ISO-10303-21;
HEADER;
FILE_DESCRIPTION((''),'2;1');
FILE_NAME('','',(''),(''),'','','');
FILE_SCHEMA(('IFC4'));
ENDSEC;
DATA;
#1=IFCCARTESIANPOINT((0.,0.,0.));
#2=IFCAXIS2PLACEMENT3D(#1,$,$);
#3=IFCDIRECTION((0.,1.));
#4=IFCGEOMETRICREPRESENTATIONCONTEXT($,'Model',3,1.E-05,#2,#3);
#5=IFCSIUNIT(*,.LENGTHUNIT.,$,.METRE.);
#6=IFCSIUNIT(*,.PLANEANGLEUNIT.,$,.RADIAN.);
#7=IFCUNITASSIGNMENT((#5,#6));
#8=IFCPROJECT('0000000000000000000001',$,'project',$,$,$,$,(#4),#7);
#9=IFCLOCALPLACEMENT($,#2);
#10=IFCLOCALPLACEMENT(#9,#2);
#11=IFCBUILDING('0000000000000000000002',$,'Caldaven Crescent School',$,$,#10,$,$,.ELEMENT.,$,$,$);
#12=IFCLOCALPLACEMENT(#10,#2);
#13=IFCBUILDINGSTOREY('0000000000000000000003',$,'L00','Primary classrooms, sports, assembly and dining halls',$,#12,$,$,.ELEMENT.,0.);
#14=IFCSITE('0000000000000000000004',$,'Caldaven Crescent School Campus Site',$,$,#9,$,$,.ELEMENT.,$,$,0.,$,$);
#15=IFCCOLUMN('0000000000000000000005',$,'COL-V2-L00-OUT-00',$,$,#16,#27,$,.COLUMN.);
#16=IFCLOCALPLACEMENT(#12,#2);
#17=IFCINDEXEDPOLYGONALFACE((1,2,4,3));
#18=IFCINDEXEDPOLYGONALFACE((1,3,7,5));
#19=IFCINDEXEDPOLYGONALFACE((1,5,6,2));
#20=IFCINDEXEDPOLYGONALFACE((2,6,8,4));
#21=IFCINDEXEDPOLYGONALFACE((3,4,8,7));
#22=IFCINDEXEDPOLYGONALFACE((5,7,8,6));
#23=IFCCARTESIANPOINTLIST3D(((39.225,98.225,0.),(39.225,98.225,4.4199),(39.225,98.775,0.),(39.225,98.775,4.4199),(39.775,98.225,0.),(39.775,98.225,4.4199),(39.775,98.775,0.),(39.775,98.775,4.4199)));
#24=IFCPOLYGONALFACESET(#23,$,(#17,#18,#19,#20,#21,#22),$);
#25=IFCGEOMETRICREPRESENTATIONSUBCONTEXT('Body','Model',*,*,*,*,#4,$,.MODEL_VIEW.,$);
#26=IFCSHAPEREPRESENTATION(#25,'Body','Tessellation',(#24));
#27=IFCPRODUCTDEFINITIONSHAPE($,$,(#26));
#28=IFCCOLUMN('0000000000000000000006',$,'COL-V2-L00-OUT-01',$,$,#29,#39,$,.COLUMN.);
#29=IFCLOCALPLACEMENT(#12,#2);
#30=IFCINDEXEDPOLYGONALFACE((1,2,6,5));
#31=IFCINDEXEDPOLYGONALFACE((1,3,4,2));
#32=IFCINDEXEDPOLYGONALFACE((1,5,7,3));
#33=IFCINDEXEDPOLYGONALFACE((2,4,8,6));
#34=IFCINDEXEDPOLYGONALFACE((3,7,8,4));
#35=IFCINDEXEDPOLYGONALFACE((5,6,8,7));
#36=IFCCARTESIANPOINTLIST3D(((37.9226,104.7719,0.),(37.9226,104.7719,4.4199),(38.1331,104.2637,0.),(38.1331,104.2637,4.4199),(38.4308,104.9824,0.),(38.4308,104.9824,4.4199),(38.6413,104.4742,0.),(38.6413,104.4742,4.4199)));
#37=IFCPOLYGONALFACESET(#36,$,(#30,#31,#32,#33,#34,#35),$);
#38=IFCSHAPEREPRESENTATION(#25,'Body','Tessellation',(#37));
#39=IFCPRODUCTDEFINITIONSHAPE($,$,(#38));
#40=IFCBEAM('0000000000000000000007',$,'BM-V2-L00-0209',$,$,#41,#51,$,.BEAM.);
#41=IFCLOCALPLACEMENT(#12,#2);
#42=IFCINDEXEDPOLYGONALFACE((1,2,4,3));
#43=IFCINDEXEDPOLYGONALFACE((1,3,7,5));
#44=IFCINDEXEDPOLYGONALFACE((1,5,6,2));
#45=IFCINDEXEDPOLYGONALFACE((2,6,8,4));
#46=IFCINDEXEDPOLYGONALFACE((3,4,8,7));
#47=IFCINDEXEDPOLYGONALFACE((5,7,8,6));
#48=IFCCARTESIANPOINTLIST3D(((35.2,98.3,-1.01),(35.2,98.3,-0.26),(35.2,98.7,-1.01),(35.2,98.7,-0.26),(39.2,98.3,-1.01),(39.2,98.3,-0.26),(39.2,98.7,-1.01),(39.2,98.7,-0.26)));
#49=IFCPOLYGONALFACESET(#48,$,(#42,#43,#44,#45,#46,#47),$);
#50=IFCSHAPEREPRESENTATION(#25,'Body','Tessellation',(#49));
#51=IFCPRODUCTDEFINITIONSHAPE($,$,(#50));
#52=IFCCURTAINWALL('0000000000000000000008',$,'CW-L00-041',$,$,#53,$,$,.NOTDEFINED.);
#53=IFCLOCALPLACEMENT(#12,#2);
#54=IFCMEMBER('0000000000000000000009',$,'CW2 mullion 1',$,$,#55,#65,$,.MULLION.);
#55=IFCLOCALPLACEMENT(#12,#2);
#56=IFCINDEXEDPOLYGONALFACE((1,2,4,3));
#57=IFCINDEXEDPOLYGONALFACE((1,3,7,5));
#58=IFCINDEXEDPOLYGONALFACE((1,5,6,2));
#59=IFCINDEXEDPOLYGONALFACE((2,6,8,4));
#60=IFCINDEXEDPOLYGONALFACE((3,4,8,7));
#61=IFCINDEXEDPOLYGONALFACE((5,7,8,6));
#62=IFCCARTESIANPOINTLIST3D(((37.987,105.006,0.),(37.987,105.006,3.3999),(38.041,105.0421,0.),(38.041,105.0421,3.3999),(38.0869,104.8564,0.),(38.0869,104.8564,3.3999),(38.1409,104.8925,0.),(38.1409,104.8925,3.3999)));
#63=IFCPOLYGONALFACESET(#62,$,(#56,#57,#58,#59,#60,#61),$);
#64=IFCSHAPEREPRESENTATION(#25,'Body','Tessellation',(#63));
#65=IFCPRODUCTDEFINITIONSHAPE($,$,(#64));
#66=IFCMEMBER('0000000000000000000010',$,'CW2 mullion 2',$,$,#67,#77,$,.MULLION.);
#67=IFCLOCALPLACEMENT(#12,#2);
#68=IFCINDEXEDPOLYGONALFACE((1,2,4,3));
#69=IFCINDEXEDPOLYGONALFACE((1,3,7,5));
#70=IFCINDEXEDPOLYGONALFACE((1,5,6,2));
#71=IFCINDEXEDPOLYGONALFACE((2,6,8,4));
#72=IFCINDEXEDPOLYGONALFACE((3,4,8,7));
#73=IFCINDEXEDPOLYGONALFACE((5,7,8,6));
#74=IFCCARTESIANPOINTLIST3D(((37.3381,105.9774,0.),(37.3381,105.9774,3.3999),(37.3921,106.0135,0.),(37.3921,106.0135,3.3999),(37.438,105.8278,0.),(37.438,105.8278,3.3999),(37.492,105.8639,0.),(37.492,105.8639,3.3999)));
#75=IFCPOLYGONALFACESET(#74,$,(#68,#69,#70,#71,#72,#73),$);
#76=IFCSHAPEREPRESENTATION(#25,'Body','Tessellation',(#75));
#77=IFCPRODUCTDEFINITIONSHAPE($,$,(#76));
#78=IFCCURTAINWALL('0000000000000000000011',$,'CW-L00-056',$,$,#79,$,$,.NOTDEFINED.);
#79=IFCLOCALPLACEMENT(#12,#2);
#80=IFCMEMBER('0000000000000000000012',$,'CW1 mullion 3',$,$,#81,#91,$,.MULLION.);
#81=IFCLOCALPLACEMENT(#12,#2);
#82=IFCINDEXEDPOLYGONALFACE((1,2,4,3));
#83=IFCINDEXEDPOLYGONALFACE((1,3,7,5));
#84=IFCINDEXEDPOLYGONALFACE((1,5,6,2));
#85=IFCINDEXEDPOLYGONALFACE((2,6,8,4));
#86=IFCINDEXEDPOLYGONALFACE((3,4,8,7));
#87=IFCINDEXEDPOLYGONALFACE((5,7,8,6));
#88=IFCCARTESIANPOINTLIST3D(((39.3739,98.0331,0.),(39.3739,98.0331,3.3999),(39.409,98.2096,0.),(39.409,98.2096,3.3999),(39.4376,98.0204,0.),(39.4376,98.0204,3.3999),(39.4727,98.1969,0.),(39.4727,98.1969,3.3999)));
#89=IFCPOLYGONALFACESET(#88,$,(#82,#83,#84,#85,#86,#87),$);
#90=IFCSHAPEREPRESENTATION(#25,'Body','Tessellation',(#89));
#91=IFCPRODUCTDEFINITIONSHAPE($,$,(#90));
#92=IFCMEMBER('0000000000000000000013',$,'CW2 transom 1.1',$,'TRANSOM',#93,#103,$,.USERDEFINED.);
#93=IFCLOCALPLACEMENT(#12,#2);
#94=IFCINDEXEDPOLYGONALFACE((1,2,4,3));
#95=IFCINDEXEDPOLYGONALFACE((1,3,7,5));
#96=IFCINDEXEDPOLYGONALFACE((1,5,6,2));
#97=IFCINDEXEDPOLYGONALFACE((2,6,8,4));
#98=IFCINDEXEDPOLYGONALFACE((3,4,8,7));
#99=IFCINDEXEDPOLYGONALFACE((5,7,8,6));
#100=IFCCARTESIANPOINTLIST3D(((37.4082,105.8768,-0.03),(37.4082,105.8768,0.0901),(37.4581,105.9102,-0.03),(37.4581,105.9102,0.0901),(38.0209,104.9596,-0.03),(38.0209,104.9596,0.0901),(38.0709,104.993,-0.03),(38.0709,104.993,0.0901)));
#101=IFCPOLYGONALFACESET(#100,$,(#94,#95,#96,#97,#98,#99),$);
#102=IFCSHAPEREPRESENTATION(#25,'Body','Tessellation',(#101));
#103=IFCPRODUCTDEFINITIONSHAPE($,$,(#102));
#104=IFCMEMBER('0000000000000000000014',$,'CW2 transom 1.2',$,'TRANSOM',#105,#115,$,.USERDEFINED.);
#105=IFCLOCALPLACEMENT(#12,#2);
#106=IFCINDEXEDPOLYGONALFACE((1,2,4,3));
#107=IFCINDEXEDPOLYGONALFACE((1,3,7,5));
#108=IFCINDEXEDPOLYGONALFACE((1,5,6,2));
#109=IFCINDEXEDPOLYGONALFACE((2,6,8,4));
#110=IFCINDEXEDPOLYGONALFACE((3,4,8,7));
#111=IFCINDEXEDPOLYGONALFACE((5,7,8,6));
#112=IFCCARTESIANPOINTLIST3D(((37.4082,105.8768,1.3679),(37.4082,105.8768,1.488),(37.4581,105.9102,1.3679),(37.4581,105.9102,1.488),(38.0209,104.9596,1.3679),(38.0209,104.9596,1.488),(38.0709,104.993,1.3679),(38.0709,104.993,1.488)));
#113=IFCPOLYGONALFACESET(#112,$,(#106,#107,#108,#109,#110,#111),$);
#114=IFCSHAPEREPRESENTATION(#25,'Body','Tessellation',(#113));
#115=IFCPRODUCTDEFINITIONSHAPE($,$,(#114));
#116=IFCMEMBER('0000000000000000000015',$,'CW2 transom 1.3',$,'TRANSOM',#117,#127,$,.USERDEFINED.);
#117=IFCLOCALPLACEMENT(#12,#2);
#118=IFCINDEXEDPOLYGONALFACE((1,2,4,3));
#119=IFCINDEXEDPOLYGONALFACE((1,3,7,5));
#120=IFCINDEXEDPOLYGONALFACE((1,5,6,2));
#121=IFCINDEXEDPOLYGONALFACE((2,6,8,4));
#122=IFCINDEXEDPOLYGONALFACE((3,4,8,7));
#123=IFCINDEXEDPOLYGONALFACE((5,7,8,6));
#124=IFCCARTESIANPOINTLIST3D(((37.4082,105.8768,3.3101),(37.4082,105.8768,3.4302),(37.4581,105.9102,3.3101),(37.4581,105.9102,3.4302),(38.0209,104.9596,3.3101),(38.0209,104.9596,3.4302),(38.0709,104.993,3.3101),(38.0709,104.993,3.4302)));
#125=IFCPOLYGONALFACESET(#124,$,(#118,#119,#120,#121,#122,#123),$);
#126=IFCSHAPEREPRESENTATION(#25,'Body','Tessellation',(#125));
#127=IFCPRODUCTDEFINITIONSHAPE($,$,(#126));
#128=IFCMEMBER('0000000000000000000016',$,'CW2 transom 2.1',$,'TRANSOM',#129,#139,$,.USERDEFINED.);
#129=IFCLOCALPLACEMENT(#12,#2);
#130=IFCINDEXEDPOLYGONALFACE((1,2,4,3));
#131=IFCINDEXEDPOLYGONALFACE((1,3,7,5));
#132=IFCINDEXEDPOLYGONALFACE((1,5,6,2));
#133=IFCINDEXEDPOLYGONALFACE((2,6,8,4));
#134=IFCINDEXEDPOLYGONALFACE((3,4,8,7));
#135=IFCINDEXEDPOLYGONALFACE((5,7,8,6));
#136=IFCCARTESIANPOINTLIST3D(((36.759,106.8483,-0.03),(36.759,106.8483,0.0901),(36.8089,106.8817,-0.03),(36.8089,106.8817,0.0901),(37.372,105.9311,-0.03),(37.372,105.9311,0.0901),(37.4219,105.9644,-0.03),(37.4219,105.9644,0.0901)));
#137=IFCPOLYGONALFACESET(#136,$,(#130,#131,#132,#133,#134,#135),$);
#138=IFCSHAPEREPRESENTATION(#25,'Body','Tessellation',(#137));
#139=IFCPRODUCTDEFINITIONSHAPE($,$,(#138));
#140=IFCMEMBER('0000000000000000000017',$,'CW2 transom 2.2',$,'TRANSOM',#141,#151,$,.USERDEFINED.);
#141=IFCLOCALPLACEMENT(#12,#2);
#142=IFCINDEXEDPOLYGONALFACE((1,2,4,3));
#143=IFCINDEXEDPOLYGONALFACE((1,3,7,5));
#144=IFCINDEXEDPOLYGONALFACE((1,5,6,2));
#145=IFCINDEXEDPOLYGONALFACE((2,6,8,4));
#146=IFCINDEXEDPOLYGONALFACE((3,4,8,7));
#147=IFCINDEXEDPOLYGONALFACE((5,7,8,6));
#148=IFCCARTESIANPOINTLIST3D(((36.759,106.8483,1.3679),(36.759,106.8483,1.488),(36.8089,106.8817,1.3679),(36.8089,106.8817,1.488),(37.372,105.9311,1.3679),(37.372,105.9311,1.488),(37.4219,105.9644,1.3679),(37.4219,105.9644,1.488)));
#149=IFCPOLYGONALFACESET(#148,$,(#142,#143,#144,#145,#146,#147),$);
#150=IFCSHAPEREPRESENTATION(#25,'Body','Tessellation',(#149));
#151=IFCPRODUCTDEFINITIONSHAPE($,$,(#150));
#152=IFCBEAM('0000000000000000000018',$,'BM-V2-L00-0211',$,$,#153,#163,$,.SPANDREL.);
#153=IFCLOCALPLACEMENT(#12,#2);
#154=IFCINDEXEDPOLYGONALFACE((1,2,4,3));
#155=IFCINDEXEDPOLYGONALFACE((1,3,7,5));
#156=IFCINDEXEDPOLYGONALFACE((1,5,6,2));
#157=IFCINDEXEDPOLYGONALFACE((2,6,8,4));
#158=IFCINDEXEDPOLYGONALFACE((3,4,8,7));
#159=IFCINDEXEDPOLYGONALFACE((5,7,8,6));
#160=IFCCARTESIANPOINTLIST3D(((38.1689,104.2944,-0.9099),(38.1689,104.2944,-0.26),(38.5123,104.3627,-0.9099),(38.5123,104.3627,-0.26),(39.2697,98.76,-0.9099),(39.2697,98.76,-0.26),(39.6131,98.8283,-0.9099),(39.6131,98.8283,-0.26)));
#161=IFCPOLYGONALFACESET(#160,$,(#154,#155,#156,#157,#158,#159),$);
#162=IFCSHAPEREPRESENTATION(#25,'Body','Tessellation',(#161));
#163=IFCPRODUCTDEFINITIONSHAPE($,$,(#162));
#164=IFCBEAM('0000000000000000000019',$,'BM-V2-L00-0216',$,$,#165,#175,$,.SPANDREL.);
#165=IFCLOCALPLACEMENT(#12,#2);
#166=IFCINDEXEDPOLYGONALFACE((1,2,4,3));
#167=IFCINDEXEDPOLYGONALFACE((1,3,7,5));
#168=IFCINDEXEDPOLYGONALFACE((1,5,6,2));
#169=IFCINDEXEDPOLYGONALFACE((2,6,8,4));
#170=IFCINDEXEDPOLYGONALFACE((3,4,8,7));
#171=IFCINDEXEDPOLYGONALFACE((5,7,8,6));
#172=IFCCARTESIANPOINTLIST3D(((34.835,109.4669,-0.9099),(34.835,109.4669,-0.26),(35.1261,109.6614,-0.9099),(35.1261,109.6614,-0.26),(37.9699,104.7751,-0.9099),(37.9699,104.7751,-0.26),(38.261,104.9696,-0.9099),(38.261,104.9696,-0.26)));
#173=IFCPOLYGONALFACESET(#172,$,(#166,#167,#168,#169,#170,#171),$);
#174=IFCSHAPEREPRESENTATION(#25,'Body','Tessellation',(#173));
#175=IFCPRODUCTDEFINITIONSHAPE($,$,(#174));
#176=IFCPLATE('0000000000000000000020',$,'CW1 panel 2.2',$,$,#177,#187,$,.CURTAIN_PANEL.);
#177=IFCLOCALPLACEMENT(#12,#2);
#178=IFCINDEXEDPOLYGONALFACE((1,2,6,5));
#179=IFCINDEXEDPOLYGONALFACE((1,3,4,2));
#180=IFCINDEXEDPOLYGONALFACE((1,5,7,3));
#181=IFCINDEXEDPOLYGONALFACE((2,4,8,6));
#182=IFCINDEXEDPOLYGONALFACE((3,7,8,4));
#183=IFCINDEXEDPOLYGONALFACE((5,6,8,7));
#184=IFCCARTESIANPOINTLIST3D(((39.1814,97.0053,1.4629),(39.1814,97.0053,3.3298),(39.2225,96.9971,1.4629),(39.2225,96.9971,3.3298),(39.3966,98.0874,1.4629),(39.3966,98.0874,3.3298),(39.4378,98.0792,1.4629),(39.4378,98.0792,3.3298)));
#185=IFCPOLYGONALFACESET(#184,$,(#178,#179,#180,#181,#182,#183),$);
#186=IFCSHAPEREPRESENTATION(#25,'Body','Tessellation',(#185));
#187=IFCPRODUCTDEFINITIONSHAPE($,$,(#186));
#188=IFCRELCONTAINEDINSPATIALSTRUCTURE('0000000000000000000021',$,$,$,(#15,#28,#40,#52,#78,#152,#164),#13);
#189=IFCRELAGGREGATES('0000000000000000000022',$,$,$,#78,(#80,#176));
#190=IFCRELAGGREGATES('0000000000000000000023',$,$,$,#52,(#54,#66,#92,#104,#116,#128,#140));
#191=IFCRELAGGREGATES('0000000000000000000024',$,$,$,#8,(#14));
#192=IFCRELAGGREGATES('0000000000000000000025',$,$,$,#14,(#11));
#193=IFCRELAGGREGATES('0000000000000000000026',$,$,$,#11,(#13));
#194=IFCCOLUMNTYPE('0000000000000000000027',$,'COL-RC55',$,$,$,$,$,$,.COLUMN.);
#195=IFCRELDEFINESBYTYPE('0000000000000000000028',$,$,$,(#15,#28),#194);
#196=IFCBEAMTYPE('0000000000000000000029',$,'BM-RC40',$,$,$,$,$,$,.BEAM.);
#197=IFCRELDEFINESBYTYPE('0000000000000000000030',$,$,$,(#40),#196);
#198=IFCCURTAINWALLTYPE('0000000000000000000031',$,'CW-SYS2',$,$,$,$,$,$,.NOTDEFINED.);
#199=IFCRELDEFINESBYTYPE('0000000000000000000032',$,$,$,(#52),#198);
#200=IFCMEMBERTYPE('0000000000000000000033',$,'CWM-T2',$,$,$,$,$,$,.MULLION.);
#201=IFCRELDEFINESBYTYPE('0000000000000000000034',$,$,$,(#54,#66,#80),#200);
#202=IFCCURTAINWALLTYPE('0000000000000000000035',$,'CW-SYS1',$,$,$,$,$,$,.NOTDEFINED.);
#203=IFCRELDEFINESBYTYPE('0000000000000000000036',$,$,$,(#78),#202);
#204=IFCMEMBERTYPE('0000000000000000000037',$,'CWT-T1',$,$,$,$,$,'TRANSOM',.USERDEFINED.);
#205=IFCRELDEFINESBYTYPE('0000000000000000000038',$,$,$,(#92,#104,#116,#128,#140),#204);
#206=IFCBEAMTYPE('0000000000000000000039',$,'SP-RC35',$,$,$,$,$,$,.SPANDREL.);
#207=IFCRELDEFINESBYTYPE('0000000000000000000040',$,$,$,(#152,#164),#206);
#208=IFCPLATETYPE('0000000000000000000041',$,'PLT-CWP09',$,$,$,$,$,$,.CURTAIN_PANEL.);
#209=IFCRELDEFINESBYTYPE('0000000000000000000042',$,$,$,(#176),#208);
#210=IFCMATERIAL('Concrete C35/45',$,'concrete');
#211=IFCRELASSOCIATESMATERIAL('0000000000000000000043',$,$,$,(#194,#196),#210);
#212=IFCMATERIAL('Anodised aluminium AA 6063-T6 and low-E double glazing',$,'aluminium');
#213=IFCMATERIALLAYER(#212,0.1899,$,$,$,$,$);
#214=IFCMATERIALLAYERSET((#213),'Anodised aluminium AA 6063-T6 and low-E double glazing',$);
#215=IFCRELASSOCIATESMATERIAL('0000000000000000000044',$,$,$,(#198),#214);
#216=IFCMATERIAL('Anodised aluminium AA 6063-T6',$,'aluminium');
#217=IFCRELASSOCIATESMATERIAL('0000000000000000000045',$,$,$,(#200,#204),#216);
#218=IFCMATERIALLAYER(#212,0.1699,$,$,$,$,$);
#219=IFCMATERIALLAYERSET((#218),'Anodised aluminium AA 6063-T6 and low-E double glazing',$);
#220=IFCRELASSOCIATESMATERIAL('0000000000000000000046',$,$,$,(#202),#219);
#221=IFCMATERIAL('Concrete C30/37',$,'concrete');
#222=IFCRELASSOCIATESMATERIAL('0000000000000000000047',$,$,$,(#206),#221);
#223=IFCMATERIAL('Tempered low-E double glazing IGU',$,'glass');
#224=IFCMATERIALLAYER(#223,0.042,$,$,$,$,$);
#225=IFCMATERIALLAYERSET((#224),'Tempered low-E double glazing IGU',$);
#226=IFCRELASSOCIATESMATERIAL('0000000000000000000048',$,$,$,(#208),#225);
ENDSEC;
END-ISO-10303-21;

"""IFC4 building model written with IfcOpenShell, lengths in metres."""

from ifc_helpers import new_model, si_unit, direction, frame, origin, origin_2d, place, context, subcontext, project, spatial, rectangle, extrude, material, layer, layer_set, material_profile, profile_set, type_object, element, aggregate, save


model = new_model("IFC4")

# Units and contexts
model_context = context("Model", 3, precision=1e-05, world=origin(), true_north=direction((0.0, 1.0)))
body_context = subcontext(model_context, "Body", "Model", "MODEL_VIEW")
ifc_project = project(units=[si_unit("LENGTHUNIT", "METRE"), si_unit("PLANEANGLEUNIT", "RADIAN")], contexts=[model_context])

# Site, building, storey
site_placement = place(None, origin())
site = spatial("IfcSite", under=ifc_project, at=site_placement, Name="Caldaven Crescent School Campus Site", CompositionType="ELEMENT", RefElevation=0.0)
building_placement = place(site_placement, origin())
building = spatial("IfcBuilding", under=site, at=building_placement, Name="Caldaven Crescent School", CompositionType="ELEMENT")
storey_placement = place(building_placement, origin())
storey = spatial("IfcBuildingStorey", under=building, at=storey_placement, Name="L00", Description="Primary classrooms, sports, assembly and dining halls", CompositionType="ELEMENT", Elevation=0.0)

# Columns
ifc_material_1 = material(Name="Concrete C35/45", Category="concrete")
ifc_material_profile_1 = material_profile(ifc_material_1, rectangle(XDim=0.55, YDim=0.55, at=origin_2d()), Name="RC 550x550")
ifc_profile_set_1 = profile_set([ifc_material_profile_1], Name="Concrete C35/45")
column_type = type_object("IfcColumnType", Name="COL-RC55", PredefinedType="COLUMN", material=ifc_profile_set_1)
for number, where, z_axis, x_axis, name in (
    (1, (39.5, 98.5, 0.0), (0.0, 0.0, 1.0), (1.0, 0.0, 0.0), "COL-V2-L00-OUT-00"),
    (2, (38.282, 104.623, 0.0), (0.0, 0.0, 1.0), (0.92388, 0.382683, 0.0), "COL-V2-L00-OUT-01"),
):
    element("IfcColumn", number, at=place(storey_placement, frame(where, z_axis=z_axis, x_axis=x_axis)), inside=storey, type_object=column_type, Name=name, PredefinedType="COLUMN", context=body_context, shape_type="SweptSolid", body=[
        extrude(rectangle(XDim=0.55, YDim=0.55, at=origin_2d()), origin(), (0.0, 0.0, 1.0), 4.4199),
    ])

# Beam
ifc_material_profile_2 = material_profile(ifc_material_1, rectangle(XDim=0.3999, YDim=0.75, at=origin_2d()), Name="RC 400x750")
ifc_profile_set_2 = profile_set([ifc_material_profile_2], Name="Concrete C35/45")
beam_type_1 = type_object("IfcBeamType", Name="BM-RC40", PredefinedType="BEAM", material=ifc_profile_set_2)
beam_placement = place(storey_placement, frame((35.2, 98.5, -0.635), z_axis=(1.0, 0.0, 0.0), x_axis=(0.0, 1.0, 0.0)))
element("IfcBeam", 3, at=beam_placement, inside=storey, type_object=beam_type_1, Name="BM-V2-L00-0209", PredefinedType="BEAM", context=body_context, shape_type="SweptSolid", body=[
    extrude(rectangle(XDim=0.3999, YDim=0.75, at=origin_2d()), origin(), (0.0, 0.0, 1.0), 4.0),
])

# Curtain wall, members
ifc_material_2 = material(Name="Anodised aluminium AA 6063-T6 and low-E double glazing", Category="aluminium")
ifc_layer_1 = layer(ifc_material_2, 0.1899)
ifc_layer_set_1 = layer_set([ifc_layer_1], Name="Anodised aluminium AA 6063-T6 and low-E double glazing")
curtain_wall_type_1 = type_object("IfcCurtainWallType", Name="CW-SYS2", PredefinedType="NOTDEFINED", material=ifc_layer_set_1)
curtain_wall_1_placement = place(storey_placement, origin())
curtain_wall_1 = element("IfcCurtainWall", 4, at=curtain_wall_1_placement, inside=storey, type_object=curtain_wall_type_1, Name="CW-L00-041", PredefinedType="NOTDEFINED")
ifc_material_3 = material(Name="Anodised aluminium AA 6063-T6", Category="aluminium")
ifc_material_profile_3 = material_profile(ifc_material_3, rectangle(XDim=0.0649, YDim=0.1799, at=origin_2d()), Name="CWM 65x180")
ifc_profile_set_3 = profile_set([ifc_material_profile_3], Name="Anodised aluminium AA 6063-T6")
member_type_1 = type_object("IfcMemberType", Name="CWM-T2", PredefinedType="MULLION", material=ifc_profile_set_3)
member_1_placement = place(storey_placement, frame((38.064, 104.9492, 0.0), z_axis=(0.0, 0.0, 1.0), x_axis=(-0.83147, -0.55557, 0.0)))
member_1 = element("IfcMember", 5, at=member_1_placement, type_object=member_type_1, Name="CW2 mullion 1", PredefinedType="MULLION", context=body_context, shape_type="SweptSolid", body=[
    extrude(rectangle(XDim=0.0649, YDim=0.1799, at=origin_2d()), origin(), (0.0, 0.0, 1.0), 3.3999),
])
member_2_placement = place(storey_placement, frame((37.415, 105.9207, 0.0), z_axis=(0.0, 0.0, 1.0), x_axis=(-0.83147, -0.55557, 0.0)))
member_2 = element("IfcMember", 6, at=member_2_placement, type_object=member_type_1, Name="CW2 mullion 2", PredefinedType="MULLION", context=body_context, shape_type="SweptSolid", body=[
    extrude(rectangle(XDim=0.0649, YDim=0.1799, at=origin_2d()), origin(), (0.0, 0.0, 1.0), 3.3999),
])

# Curtain wall, member
ifc_layer_2 = layer(ifc_material_2, 0.1699)
ifc_layer_set_2 = layer_set([ifc_layer_2], Name="Anodised aluminium AA 6063-T6 and low-E double glazing")
curtain_wall_type_2 = type_object("IfcCurtainWallType", Name="CW-SYS1", PredefinedType="NOTDEFINED", material=ifc_layer_set_2)
curtain_wall_2_placement = place(storey_placement, origin())
curtain_wall_2 = element("IfcCurtainWall", 7, at=curtain_wall_2_placement, inside=storey, type_object=curtain_wall_type_2, Name="CW-L00-056", PredefinedType="NOTDEFINED")
member_3_placement = place(storey_placement, frame((39.4233, 98.115, 0.0), z_axis=(0.0, 0.0, 1.0), x_axis=(-0.980785, 0.195091, 0.0)))
member_3 = element("IfcMember", 8, at=member_3_placement, type_object=member_type_1, Name="CW1 mullion 3", PredefinedType="MULLION", context=body_context, shape_type="SweptSolid", body=[
    extrude(rectangle(XDim=0.0649, YDim=0.1799, at=origin_2d()), origin(), (0.0, 0.0, 1.0), 3.3999),
])

# Members
ifc_material_profile_4 = material_profile(ifc_material_3, rectangle(XDim=0.0601, YDim=0.1201, at=origin_2d()), Name="CWT 60x120")
ifc_profile_set_4 = profile_set([ifc_material_profile_4], Name="Anodised aluminium AA 6063-T6")
member_type_2 = type_object("IfcMemberType", Name="CWT-T1", ElementType="TRANSOM", PredefinedType="USERDEFINED", material=ifc_profile_set_4)
member_4_placement = place(storey_placement, frame((38.0459, 104.9763, 0.03), z_axis=(-0.555517, 0.831505, 0.0), x_axis=(-0.831505, -0.555517, 0.0)))
member_4 = element("IfcMember", 9, at=member_4_placement, type_object=member_type_2, Name="CW2 transom 1.1", ObjectType="TRANSOM", PredefinedType="USERDEFINED", context=body_context, shape_type="SweptSolid", body=[
    extrude(rectangle(XDim=0.0601, YDim=0.1201, at=origin_2d()), origin(), (0.0, 0.0, 1.0), 1.103),
])
member_5_placement = place(storey_placement, frame((38.0459, 104.9763, 1.428), z_axis=(-0.555517, 0.831505, 0.0), x_axis=(-0.831505, -0.555517, 0.0)))
member_5 = element("IfcMember", 10, at=member_5_placement, type_object=member_type_2, Name="CW2 transom 1.2", ObjectType="TRANSOM", PredefinedType="USERDEFINED", context=body_context, shape_type="SweptSolid", body=[
    extrude(rectangle(XDim=0.0601, YDim=0.1201, at=origin_2d()), origin(), (0.0, 0.0, 1.0), 1.103),
])
member_6_placement = place(storey_placement, frame((38.0459, 104.9763, 3.3701), z_axis=(-0.555517, 0.831505, 0.0), x_axis=(-0.831505, -0.555517, 0.0)))
member_6 = element("IfcMember", 11, at=member_6_placement, type_object=member_type_2, Name="CW2 transom 1.3", ObjectType="TRANSOM", PredefinedType="USERDEFINED", context=body_context, shape_type="SweptSolid", body=[
    extrude(rectangle(XDim=0.0601, YDim=0.1201, at=origin_2d()), origin(), (0.0, 0.0, 1.0), 1.103),
])
member_7_placement = place(storey_placement, frame((37.397, 105.9478, 0.03), z_axis=(-0.55567, 0.831403, 0.0), x_axis=(-0.831403, -0.55567, 0.0)))
member_7 = element("IfcMember", 12, at=member_7_placement, type_object=member_type_2, Name="CW2 transom 2.1", ObjectType="TRANSOM", PredefinedType="USERDEFINED", context=body_context, shape_type="SweptSolid", body=[
    extrude(rectangle(XDim=0.0601, YDim=0.1201, at=origin_2d()), origin(), (0.0, 0.0, 1.0), 1.1033),
])
member_8_placement = place(storey_placement, frame((37.397, 105.9478, 1.428), z_axis=(-0.55567, 0.831403, 0.0), x_axis=(-0.831403, -0.55567, 0.0)))
member_8 = element("IfcMember", 13, at=member_8_placement, type_object=member_type_2, Name="CW2 transom 2.2", ObjectType="TRANSOM", PredefinedType="USERDEFINED", context=body_context, shape_type="SweptSolid", body=[
    extrude(rectangle(XDim=0.0601, YDim=0.1201, at=origin_2d()), origin(), (0.0, 0.0, 1.0), 1.1033),
])

# Beams
ifc_material_4 = material(Name="Concrete C30/37", Category="concrete")
ifc_material_profile_5 = material_profile(ifc_material_4, rectangle(XDim=0.3501, YDim=0.6499, at=origin_2d()), Name="RC 350x650")
ifc_profile_set_5 = profile_set([ifc_material_profile_5], Name="Concrete C30/37")
beam_type_2 = type_object("IfcBeamType", Name="SP-RC35", PredefinedType="SPANDREL", material=ifc_profile_set_5)
for number, where, z_axis, x_axis, name in (
    (14, (39.4414, 98.7942, -0.585), (-0.195084, 0.980786, 0.0), (-0.980786, -0.195084, 0.0), "BM-V2-L00-0211"),
    (15, (38.1155, 104.8723, -0.585), (-0.555569, 0.831471, 0.0), (-0.831471, -0.555569, 0.0), "BM-V2-L00-0216"),
):
    element("IfcBeam", number, at=place(storey_placement, frame(where, z_axis=z_axis, x_axis=x_axis)), inside=storey, type_object=beam_type_2, Name=name, PredefinedType="SPANDREL", context=body_context, shape_type="SweptSolid", body=[
        extrude(rectangle(XDim=0.3501, YDim=0.6499, at=origin_2d()), origin(), (0.0, 0.0, 1.0), 5.6428),
    ])

# Plate
ifc_material_5 = material(Name="Tempered low-E double glazing IGU", Category="glass")
ifc_layer_3 = layer(ifc_material_5, 0.042)
ifc_layer_set_3 = layer_set([ifc_layer_3], Name="Tempered low-E double glazing IGU")
plate_type_1 = type_object("IfcPlateType", Name="PLT-CWP09", PredefinedType="CURTAIN_PANEL", material=ifc_layer_set_3)
plate_1_placement = place(storey_placement, frame((39.3096, 97.5422, 1.4629), z_axis=(0.0, 0.0, 1.0), x_axis=(0.195091, 0.980785, 0.0)))
plate_1 = element("IfcPlate", 16, at=plate_1_placement, type_object=plate_type_1, Name="CW1 panel 2.2", PredefinedType="CURTAIN_PANEL", context=body_context, shape_type="SweptSolid", body=[
    extrude(rectangle(XDim=1.1033, YDim=0.042, at=origin_2d()), origin(), (0.0, 0.0, 1.0), 1.8669),
])
aggregate(curtain_wall_2, [member_3, plate_1])
aggregate(curtain_wall_1, [member_1, member_2, member_4, member_5, member_6, member_7, member_8])

save(model, "model.ifc")
